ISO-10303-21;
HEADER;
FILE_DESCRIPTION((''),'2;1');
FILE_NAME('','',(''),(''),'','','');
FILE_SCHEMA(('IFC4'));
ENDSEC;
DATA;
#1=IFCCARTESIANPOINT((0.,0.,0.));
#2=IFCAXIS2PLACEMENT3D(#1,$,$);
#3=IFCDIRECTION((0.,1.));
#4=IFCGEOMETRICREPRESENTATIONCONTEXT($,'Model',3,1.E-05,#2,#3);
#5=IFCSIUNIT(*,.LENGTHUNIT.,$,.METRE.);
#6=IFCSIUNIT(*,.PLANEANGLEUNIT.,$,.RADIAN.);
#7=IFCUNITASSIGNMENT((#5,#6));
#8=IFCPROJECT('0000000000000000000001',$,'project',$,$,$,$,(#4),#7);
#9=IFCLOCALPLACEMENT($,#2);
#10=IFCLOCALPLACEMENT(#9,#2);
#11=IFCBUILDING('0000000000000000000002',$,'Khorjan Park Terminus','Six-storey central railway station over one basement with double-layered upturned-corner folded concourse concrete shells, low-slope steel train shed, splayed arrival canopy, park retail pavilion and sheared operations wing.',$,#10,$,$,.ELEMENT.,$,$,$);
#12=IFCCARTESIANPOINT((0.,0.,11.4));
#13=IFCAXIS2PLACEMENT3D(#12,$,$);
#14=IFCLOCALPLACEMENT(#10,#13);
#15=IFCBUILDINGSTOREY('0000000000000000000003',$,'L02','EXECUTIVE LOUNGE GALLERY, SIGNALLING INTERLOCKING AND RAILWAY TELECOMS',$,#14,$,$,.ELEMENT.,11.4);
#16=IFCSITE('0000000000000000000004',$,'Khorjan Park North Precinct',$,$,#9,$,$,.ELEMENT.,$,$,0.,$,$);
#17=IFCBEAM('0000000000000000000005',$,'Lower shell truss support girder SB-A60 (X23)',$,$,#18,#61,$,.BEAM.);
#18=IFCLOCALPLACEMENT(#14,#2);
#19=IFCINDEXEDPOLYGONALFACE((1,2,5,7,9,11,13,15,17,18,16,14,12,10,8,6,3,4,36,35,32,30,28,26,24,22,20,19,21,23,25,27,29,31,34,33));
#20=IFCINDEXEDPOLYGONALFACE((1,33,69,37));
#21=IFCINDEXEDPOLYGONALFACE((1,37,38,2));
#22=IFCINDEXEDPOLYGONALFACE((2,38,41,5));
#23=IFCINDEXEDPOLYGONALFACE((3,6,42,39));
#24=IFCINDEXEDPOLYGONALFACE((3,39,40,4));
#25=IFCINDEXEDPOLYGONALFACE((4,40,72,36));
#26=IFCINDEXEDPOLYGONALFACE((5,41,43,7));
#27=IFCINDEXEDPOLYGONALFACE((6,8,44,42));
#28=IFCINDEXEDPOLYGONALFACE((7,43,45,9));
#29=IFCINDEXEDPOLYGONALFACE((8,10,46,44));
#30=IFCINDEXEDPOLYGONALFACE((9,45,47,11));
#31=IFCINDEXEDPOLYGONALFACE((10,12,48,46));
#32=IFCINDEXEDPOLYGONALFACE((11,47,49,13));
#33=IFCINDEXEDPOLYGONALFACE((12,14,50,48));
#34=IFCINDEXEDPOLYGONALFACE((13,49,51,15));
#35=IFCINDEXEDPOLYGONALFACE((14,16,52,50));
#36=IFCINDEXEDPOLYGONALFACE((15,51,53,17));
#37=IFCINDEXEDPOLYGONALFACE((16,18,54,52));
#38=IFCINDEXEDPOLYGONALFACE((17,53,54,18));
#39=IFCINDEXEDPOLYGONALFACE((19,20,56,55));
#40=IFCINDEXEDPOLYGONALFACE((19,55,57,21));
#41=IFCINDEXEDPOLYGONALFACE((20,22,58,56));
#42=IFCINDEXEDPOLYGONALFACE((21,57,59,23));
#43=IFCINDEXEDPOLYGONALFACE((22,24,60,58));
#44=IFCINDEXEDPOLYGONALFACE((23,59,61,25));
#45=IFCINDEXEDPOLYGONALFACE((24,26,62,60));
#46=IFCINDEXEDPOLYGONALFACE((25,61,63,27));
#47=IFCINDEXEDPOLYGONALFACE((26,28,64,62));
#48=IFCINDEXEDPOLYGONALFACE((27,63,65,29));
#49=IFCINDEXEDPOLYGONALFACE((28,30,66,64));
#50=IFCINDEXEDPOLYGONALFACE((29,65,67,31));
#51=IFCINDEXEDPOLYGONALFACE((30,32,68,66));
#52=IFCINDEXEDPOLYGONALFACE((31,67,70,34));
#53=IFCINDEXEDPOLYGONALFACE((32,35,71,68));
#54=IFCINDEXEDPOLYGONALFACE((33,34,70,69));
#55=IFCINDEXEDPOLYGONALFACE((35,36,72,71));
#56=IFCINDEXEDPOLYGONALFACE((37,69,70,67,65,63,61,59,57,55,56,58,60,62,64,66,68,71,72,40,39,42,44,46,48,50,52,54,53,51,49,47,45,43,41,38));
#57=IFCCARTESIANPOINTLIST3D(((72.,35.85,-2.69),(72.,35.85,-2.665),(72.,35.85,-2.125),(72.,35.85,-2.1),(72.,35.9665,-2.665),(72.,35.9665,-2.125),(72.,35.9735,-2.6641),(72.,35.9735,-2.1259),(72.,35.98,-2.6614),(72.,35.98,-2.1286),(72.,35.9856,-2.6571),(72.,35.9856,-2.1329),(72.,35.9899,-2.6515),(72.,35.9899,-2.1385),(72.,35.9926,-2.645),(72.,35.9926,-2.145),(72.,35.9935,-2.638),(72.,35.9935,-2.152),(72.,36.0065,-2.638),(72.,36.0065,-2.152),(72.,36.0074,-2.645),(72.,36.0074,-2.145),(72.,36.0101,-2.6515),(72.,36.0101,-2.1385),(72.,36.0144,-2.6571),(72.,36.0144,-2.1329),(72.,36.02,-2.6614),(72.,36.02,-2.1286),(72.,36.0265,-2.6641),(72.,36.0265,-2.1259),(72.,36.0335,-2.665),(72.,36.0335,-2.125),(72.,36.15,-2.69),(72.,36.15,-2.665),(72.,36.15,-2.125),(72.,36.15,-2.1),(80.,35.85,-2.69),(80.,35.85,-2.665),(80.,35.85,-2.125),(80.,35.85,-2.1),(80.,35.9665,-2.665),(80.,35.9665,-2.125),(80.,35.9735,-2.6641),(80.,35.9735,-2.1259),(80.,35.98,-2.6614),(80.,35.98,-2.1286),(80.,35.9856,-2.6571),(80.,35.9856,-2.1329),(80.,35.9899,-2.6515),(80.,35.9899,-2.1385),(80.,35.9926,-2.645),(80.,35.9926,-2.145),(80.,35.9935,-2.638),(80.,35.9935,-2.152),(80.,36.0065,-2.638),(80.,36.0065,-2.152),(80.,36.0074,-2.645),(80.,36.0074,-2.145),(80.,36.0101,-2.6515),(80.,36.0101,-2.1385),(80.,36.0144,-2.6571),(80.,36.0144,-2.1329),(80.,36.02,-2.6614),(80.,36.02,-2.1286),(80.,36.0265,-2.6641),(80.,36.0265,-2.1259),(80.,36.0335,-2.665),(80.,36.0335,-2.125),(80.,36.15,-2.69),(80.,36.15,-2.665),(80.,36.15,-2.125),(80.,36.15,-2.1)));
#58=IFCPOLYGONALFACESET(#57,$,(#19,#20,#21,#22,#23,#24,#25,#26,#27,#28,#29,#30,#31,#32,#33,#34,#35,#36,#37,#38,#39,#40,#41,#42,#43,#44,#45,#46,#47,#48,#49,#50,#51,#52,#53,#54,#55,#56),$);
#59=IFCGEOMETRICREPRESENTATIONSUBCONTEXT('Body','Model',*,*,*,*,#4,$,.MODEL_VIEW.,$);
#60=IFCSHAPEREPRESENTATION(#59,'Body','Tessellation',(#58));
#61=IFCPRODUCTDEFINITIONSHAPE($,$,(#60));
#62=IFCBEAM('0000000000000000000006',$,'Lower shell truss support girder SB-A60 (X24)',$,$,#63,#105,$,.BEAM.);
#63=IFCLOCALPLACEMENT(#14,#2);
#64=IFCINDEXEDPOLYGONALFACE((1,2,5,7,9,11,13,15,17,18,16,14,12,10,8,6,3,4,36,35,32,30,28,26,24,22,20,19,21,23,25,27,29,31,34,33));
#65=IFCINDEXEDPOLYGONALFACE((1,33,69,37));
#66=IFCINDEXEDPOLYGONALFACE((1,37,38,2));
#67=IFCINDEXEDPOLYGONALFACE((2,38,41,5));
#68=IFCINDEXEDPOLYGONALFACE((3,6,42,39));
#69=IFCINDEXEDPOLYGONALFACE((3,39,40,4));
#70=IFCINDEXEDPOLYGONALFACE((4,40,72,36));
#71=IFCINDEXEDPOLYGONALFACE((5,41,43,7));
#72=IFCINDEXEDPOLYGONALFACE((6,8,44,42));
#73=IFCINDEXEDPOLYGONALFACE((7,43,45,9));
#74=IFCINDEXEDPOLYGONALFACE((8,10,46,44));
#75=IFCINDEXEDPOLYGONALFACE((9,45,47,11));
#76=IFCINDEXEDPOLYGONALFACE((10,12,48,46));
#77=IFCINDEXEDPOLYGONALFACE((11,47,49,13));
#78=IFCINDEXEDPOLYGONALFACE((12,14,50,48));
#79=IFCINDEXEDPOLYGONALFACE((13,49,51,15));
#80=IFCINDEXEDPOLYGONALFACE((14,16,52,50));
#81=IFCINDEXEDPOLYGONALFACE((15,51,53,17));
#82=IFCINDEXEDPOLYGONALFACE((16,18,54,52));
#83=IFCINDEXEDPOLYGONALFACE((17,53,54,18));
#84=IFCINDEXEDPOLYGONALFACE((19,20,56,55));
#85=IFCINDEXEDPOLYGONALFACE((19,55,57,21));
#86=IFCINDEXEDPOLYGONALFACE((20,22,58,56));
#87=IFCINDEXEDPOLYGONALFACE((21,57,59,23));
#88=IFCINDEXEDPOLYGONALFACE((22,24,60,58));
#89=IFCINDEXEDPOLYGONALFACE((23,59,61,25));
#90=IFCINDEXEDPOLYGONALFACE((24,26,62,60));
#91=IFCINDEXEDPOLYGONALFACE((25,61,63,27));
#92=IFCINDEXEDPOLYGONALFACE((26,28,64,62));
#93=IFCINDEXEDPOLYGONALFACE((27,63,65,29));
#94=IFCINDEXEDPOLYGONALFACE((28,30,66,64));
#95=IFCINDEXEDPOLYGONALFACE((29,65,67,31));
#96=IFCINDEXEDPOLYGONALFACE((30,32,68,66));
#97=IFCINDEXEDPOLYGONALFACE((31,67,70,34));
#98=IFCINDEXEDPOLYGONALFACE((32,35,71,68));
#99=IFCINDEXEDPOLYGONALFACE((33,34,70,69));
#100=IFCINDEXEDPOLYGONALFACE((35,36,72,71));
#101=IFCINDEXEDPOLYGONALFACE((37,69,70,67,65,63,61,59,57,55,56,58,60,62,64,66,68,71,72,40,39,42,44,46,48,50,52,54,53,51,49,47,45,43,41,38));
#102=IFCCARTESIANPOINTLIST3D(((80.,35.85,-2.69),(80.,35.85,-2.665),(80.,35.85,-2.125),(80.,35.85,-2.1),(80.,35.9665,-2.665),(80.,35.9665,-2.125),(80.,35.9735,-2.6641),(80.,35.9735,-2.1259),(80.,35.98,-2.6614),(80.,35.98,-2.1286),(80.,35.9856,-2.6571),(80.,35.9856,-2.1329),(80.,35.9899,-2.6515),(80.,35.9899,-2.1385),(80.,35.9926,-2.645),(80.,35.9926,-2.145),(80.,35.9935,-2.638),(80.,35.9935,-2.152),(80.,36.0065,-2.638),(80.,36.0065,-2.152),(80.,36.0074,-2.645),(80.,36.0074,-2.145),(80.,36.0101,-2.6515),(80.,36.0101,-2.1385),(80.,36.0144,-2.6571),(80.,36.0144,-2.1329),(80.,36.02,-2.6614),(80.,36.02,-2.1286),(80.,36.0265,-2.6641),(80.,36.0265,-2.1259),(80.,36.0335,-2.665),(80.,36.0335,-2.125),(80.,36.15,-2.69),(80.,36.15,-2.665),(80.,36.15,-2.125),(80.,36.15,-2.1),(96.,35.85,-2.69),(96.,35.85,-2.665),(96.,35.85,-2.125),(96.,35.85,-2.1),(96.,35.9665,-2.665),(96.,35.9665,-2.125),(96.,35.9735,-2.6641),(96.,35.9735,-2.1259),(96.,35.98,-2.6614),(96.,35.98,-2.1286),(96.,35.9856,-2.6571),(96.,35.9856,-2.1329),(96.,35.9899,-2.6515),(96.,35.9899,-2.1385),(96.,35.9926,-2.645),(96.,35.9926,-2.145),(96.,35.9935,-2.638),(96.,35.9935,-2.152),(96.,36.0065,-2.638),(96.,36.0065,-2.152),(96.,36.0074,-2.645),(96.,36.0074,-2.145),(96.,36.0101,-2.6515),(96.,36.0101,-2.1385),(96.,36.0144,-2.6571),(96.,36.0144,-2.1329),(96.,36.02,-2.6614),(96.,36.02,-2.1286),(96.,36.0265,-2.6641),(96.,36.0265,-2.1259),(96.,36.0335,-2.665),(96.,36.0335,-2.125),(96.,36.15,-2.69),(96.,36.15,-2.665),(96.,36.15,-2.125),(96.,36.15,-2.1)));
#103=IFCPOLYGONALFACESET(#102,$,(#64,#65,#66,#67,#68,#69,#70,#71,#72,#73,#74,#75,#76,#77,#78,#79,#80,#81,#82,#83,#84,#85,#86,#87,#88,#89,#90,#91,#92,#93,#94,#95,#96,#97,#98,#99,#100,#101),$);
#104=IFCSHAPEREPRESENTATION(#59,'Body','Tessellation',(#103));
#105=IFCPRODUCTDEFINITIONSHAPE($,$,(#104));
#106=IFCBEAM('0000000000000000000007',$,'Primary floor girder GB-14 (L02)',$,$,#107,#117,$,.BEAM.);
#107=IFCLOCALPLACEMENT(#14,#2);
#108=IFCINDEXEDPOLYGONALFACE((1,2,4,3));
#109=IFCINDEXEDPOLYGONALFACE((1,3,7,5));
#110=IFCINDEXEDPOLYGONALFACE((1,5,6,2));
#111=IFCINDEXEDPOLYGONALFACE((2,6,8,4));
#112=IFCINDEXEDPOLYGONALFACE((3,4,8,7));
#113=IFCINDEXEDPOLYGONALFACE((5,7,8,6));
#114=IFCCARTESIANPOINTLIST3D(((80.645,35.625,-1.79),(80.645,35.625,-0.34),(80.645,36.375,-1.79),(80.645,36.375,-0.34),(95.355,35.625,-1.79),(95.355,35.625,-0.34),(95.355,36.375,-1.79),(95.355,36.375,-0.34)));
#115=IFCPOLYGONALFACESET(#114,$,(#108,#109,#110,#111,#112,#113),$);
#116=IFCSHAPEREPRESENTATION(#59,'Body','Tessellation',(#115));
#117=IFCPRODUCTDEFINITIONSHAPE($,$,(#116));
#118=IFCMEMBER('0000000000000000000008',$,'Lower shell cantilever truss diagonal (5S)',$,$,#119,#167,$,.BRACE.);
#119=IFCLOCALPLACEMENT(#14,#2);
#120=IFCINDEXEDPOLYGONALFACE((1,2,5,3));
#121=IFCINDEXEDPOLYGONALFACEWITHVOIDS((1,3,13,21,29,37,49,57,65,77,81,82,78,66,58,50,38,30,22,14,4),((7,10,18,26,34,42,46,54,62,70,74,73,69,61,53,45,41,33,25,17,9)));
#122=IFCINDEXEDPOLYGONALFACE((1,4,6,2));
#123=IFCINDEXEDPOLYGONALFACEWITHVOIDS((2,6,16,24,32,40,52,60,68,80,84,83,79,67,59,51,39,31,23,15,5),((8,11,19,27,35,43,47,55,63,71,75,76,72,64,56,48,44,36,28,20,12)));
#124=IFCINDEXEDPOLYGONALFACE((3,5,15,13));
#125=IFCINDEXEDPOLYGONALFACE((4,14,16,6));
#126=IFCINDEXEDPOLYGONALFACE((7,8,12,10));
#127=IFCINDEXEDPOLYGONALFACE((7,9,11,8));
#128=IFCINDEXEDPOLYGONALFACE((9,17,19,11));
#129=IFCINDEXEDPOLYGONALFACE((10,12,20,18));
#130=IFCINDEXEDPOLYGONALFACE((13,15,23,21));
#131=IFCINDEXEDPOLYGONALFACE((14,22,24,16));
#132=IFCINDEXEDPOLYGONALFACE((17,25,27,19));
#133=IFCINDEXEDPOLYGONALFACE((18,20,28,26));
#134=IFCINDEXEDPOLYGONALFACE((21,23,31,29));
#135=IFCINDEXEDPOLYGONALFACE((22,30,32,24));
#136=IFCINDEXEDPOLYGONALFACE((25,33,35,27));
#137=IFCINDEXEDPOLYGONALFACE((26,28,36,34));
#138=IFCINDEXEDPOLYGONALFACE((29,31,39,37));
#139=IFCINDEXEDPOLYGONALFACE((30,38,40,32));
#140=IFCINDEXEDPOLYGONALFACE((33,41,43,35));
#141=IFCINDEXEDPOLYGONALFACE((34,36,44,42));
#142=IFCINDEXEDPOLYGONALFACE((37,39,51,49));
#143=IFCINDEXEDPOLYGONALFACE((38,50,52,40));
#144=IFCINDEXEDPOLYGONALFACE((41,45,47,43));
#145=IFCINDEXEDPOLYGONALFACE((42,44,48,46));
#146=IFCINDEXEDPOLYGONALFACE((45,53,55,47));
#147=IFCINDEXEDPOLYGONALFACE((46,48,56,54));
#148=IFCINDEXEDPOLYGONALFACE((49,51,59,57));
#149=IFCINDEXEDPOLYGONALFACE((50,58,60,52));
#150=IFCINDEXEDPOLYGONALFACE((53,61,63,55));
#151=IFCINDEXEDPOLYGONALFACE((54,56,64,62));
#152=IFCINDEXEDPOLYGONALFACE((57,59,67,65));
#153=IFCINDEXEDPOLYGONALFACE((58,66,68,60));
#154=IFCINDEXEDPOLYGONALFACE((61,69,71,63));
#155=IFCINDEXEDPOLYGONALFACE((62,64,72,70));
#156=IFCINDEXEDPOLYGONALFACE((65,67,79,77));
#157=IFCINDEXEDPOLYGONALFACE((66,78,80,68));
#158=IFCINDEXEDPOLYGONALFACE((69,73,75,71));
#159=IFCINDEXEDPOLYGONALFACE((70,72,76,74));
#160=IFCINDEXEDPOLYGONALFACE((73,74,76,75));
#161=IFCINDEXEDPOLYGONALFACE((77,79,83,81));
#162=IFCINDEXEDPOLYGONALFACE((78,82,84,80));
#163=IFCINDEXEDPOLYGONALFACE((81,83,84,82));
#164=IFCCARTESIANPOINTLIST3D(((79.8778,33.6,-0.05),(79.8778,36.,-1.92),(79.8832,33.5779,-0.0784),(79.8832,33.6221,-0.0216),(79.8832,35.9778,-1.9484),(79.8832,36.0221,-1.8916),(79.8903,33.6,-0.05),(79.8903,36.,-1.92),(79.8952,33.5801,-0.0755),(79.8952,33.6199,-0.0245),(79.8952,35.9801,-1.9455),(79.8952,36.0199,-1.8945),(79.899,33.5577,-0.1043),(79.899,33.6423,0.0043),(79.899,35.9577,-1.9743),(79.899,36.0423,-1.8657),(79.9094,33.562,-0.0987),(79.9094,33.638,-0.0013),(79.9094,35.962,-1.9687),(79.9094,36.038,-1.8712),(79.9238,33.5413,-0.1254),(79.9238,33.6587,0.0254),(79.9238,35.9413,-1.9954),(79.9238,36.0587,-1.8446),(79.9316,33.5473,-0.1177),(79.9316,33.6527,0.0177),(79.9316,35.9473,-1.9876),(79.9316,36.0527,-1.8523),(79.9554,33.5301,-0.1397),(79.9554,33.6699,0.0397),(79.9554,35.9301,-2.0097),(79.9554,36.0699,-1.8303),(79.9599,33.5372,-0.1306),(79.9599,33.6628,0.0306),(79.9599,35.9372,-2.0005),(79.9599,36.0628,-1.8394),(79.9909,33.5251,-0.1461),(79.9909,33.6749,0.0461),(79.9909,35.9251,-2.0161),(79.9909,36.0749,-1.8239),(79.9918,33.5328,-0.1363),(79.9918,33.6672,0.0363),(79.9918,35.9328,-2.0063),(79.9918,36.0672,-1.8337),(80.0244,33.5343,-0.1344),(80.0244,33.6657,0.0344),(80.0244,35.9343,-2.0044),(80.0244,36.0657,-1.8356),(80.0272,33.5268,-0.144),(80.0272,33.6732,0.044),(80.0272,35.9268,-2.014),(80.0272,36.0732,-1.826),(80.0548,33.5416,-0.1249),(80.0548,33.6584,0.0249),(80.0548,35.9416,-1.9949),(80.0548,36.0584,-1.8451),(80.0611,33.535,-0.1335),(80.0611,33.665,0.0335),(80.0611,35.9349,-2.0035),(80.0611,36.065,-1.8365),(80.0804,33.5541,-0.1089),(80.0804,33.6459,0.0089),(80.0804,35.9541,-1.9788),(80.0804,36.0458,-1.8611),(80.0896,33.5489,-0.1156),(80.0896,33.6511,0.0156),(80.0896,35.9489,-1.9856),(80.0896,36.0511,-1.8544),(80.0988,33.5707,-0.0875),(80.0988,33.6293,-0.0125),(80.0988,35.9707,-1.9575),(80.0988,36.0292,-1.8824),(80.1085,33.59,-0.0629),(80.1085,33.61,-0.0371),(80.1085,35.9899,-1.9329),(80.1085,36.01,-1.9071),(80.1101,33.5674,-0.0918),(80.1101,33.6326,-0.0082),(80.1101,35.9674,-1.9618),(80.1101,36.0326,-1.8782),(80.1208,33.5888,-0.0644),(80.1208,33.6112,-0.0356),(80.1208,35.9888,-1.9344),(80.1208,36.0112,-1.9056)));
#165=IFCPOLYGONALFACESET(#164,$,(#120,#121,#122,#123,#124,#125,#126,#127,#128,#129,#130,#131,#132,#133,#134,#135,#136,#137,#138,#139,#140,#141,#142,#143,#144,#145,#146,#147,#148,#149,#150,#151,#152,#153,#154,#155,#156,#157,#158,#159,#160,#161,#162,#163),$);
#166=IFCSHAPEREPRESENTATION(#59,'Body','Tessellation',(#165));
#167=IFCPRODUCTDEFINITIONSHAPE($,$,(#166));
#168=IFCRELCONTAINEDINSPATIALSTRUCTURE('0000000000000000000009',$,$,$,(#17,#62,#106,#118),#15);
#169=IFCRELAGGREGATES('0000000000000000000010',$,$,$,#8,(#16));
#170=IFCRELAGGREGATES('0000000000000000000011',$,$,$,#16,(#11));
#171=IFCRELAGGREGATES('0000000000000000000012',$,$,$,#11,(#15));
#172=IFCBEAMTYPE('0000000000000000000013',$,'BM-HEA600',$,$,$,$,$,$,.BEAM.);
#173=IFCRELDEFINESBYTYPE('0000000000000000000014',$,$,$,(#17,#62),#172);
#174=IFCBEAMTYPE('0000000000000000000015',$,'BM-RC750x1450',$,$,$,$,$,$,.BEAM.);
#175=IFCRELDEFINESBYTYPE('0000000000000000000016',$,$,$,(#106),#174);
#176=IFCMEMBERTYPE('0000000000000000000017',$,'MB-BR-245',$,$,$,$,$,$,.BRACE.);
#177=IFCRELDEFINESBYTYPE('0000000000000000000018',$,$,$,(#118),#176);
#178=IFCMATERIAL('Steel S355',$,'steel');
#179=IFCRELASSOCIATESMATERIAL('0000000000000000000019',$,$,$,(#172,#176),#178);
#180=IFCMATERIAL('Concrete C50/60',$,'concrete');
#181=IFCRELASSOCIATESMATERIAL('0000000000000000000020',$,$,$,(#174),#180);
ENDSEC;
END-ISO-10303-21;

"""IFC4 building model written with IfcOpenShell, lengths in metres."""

from ifc_helpers import new_model, si_unit, direction, frame, origin, origin_2d, place, context, subcontext, project, spatial, rectangle, hollow_circle, i_section, extrude, material, material_profile, profile_set, type_object, element, save


model = new_model("IFC4")

# Units and contexts
model_context = context("Model", 3, precision=1e-05, world=origin(), true_north=direction((0.0, 1.0)))
body_context = subcontext(model_context, "Body", "Model", "MODEL_VIEW")
ifc_project = project(units=[si_unit("LENGTHUNIT", "METRE"), si_unit("PLANEANGLEUNIT", "RADIAN")], contexts=[model_context])

# Site, building, storey
site_placement = place(None, origin())
site = spatial("IfcSite", under=ifc_project, at=site_placement, Name="Khorjan Park North Precinct", CompositionType="ELEMENT", RefElevation=0.0)
building_placement = place(site_placement, origin())
building = spatial("IfcBuilding", under=site, at=building_placement, Name="Khorjan Park Terminus", Description="Six-storey central railway station over one basement with double-layered upturned-corner folded concourse concrete shells, low-slope steel train shed, splayed arrival canopy, park retail pavilion and sheared operations wing.", CompositionType="ELEMENT")
storey_placement = place(building_placement, frame((0.0, 0.0, 11.4)))
storey = spatial("IfcBuildingStorey", under=building, at=storey_placement, Name="L02", Description="EXECUTIVE LOUNGE GALLERY, SIGNALLING INTERLOCKING AND RAILWAY TELECOMS", CompositionType="ELEMENT", Elevation=11.4)

# Beams
ifc_material_1 = material(Name="Steel S355", Category="steel")
ifc_material_profile_1 = material_profile(ifc_material_1, i_section(OverallWidth=0.3, OverallDepth=0.59, WebThickness=0.013, FlangeThickness=0.025, FilletRadius=0.027, at=origin_2d()), Name="HEA 600")
ifc_profile_set_1 = profile_set([ifc_material_profile_1], Name="Steel S355")
beam_type_1 = type_object("IfcBeamType", Name="BM-HEA600", PredefinedType="BEAM", material=ifc_profile_set_1)
beam_1_placement = place(storey_placement, frame((72.0, 36.0, -2.395), z_axis=(1.0, 0.0, 0.0), x_axis=(0.0, 1.0, 0.0)))
element("IfcBeam", 1, at=beam_1_placement, inside=storey, type_object=beam_type_1, Name="Lower shell truss support girder SB-A60 (X23)", PredefinedType="BEAM", context=body_context, shape_type="SweptSolid", body=[
    extrude(i_section(OverallWidth=0.3, OverallDepth=0.59, WebThickness=0.013, FlangeThickness=0.025, FilletRadius=0.027, at=origin_2d()), origin(), (0.0, 0.0, 1.0), 8.0),
])
beam_2_placement = place(storey_placement, frame((80.0, 36.0, -2.395), z_axis=(1.0, 0.0, 0.0), x_axis=(0.0, 1.0, 0.0)))
element("IfcBeam", 2, at=beam_2_placement, inside=storey, type_object=beam_type_1, Name="Lower shell truss support girder SB-A60 (X24)", PredefinedType="BEAM", context=body_context, shape_type="SweptSolid", body=[
    extrude(i_section(OverallWidth=0.3, OverallDepth=0.59, WebThickness=0.013, FlangeThickness=0.025, FilletRadius=0.027, at=origin_2d()), origin(), (0.0, 0.0, 1.0), 16.0),
])
ifc_material_2 = material(Name="Concrete C50/60", Category="concrete")
ifc_material_profile_2 = material_profile(ifc_material_2, rectangle(XDim=0.75, YDim=1.45, at=origin_2d()), Name="RC 750x1450")
ifc_profile_set_2 = profile_set([ifc_material_profile_2], Name="Concrete C50/60")
beam_type_2 = type_object("IfcBeamType", Name="BM-RC750x1450", PredefinedType="BEAM", material=ifc_profile_set_2)
beam_3_placement = place(storey_placement, frame((80.645, 36.0, -1.065), z_axis=(1.0, 0.0, 0.0), x_axis=(0.0, 1.0, 0.0)))
element("IfcBeam", 3, at=beam_3_placement, inside=storey, type_object=beam_type_2, Name="Primary floor girder GB-14 (L02)", PredefinedType="BEAM", context=body_context, shape_type="SweptSolid", body=[
    extrude(rectangle(XDim=0.75, YDim=1.45, at=origin_2d()), origin(), (0.0, 0.0, 1.0), 14.71),
])

# Member
ifc_material_profile_3 = material_profile(ifc_material_1, hollow_circle(Radius=0.1222, WallThickness=0.0125, at=origin_2d()), Name="CHS 244.5x12.5")
ifc_profile_set_3 = profile_set([ifc_material_profile_3], Name="Steel S355")
member_type_1 = type_object("IfcMemberType", Name="MB-BR-245", PredefinedType="BRACE", material=ifc_profile_set_3)
member_1_placement = place(storey_placement, frame((80.0, 33.6, -0.05), z_axis=(0.0, 0.788821, -0.614623), x_axis=(-1.0, 0.0, 0.0)))
element("IfcMember", 4, at=member_1_placement, inside=storey, type_object=member_type_1, Name="Lower shell cantilever truss diagonal (5S)", PredefinedType="BRACE", context=body_context, shape_type="SweptSolid", body=[
    extrude(hollow_circle(Radius=0.1222, WallThickness=0.0125, at=origin_2d()), origin(), (0.0, 0.0, 1.0), 3.0425),
])

save(model, "model.ifc")
